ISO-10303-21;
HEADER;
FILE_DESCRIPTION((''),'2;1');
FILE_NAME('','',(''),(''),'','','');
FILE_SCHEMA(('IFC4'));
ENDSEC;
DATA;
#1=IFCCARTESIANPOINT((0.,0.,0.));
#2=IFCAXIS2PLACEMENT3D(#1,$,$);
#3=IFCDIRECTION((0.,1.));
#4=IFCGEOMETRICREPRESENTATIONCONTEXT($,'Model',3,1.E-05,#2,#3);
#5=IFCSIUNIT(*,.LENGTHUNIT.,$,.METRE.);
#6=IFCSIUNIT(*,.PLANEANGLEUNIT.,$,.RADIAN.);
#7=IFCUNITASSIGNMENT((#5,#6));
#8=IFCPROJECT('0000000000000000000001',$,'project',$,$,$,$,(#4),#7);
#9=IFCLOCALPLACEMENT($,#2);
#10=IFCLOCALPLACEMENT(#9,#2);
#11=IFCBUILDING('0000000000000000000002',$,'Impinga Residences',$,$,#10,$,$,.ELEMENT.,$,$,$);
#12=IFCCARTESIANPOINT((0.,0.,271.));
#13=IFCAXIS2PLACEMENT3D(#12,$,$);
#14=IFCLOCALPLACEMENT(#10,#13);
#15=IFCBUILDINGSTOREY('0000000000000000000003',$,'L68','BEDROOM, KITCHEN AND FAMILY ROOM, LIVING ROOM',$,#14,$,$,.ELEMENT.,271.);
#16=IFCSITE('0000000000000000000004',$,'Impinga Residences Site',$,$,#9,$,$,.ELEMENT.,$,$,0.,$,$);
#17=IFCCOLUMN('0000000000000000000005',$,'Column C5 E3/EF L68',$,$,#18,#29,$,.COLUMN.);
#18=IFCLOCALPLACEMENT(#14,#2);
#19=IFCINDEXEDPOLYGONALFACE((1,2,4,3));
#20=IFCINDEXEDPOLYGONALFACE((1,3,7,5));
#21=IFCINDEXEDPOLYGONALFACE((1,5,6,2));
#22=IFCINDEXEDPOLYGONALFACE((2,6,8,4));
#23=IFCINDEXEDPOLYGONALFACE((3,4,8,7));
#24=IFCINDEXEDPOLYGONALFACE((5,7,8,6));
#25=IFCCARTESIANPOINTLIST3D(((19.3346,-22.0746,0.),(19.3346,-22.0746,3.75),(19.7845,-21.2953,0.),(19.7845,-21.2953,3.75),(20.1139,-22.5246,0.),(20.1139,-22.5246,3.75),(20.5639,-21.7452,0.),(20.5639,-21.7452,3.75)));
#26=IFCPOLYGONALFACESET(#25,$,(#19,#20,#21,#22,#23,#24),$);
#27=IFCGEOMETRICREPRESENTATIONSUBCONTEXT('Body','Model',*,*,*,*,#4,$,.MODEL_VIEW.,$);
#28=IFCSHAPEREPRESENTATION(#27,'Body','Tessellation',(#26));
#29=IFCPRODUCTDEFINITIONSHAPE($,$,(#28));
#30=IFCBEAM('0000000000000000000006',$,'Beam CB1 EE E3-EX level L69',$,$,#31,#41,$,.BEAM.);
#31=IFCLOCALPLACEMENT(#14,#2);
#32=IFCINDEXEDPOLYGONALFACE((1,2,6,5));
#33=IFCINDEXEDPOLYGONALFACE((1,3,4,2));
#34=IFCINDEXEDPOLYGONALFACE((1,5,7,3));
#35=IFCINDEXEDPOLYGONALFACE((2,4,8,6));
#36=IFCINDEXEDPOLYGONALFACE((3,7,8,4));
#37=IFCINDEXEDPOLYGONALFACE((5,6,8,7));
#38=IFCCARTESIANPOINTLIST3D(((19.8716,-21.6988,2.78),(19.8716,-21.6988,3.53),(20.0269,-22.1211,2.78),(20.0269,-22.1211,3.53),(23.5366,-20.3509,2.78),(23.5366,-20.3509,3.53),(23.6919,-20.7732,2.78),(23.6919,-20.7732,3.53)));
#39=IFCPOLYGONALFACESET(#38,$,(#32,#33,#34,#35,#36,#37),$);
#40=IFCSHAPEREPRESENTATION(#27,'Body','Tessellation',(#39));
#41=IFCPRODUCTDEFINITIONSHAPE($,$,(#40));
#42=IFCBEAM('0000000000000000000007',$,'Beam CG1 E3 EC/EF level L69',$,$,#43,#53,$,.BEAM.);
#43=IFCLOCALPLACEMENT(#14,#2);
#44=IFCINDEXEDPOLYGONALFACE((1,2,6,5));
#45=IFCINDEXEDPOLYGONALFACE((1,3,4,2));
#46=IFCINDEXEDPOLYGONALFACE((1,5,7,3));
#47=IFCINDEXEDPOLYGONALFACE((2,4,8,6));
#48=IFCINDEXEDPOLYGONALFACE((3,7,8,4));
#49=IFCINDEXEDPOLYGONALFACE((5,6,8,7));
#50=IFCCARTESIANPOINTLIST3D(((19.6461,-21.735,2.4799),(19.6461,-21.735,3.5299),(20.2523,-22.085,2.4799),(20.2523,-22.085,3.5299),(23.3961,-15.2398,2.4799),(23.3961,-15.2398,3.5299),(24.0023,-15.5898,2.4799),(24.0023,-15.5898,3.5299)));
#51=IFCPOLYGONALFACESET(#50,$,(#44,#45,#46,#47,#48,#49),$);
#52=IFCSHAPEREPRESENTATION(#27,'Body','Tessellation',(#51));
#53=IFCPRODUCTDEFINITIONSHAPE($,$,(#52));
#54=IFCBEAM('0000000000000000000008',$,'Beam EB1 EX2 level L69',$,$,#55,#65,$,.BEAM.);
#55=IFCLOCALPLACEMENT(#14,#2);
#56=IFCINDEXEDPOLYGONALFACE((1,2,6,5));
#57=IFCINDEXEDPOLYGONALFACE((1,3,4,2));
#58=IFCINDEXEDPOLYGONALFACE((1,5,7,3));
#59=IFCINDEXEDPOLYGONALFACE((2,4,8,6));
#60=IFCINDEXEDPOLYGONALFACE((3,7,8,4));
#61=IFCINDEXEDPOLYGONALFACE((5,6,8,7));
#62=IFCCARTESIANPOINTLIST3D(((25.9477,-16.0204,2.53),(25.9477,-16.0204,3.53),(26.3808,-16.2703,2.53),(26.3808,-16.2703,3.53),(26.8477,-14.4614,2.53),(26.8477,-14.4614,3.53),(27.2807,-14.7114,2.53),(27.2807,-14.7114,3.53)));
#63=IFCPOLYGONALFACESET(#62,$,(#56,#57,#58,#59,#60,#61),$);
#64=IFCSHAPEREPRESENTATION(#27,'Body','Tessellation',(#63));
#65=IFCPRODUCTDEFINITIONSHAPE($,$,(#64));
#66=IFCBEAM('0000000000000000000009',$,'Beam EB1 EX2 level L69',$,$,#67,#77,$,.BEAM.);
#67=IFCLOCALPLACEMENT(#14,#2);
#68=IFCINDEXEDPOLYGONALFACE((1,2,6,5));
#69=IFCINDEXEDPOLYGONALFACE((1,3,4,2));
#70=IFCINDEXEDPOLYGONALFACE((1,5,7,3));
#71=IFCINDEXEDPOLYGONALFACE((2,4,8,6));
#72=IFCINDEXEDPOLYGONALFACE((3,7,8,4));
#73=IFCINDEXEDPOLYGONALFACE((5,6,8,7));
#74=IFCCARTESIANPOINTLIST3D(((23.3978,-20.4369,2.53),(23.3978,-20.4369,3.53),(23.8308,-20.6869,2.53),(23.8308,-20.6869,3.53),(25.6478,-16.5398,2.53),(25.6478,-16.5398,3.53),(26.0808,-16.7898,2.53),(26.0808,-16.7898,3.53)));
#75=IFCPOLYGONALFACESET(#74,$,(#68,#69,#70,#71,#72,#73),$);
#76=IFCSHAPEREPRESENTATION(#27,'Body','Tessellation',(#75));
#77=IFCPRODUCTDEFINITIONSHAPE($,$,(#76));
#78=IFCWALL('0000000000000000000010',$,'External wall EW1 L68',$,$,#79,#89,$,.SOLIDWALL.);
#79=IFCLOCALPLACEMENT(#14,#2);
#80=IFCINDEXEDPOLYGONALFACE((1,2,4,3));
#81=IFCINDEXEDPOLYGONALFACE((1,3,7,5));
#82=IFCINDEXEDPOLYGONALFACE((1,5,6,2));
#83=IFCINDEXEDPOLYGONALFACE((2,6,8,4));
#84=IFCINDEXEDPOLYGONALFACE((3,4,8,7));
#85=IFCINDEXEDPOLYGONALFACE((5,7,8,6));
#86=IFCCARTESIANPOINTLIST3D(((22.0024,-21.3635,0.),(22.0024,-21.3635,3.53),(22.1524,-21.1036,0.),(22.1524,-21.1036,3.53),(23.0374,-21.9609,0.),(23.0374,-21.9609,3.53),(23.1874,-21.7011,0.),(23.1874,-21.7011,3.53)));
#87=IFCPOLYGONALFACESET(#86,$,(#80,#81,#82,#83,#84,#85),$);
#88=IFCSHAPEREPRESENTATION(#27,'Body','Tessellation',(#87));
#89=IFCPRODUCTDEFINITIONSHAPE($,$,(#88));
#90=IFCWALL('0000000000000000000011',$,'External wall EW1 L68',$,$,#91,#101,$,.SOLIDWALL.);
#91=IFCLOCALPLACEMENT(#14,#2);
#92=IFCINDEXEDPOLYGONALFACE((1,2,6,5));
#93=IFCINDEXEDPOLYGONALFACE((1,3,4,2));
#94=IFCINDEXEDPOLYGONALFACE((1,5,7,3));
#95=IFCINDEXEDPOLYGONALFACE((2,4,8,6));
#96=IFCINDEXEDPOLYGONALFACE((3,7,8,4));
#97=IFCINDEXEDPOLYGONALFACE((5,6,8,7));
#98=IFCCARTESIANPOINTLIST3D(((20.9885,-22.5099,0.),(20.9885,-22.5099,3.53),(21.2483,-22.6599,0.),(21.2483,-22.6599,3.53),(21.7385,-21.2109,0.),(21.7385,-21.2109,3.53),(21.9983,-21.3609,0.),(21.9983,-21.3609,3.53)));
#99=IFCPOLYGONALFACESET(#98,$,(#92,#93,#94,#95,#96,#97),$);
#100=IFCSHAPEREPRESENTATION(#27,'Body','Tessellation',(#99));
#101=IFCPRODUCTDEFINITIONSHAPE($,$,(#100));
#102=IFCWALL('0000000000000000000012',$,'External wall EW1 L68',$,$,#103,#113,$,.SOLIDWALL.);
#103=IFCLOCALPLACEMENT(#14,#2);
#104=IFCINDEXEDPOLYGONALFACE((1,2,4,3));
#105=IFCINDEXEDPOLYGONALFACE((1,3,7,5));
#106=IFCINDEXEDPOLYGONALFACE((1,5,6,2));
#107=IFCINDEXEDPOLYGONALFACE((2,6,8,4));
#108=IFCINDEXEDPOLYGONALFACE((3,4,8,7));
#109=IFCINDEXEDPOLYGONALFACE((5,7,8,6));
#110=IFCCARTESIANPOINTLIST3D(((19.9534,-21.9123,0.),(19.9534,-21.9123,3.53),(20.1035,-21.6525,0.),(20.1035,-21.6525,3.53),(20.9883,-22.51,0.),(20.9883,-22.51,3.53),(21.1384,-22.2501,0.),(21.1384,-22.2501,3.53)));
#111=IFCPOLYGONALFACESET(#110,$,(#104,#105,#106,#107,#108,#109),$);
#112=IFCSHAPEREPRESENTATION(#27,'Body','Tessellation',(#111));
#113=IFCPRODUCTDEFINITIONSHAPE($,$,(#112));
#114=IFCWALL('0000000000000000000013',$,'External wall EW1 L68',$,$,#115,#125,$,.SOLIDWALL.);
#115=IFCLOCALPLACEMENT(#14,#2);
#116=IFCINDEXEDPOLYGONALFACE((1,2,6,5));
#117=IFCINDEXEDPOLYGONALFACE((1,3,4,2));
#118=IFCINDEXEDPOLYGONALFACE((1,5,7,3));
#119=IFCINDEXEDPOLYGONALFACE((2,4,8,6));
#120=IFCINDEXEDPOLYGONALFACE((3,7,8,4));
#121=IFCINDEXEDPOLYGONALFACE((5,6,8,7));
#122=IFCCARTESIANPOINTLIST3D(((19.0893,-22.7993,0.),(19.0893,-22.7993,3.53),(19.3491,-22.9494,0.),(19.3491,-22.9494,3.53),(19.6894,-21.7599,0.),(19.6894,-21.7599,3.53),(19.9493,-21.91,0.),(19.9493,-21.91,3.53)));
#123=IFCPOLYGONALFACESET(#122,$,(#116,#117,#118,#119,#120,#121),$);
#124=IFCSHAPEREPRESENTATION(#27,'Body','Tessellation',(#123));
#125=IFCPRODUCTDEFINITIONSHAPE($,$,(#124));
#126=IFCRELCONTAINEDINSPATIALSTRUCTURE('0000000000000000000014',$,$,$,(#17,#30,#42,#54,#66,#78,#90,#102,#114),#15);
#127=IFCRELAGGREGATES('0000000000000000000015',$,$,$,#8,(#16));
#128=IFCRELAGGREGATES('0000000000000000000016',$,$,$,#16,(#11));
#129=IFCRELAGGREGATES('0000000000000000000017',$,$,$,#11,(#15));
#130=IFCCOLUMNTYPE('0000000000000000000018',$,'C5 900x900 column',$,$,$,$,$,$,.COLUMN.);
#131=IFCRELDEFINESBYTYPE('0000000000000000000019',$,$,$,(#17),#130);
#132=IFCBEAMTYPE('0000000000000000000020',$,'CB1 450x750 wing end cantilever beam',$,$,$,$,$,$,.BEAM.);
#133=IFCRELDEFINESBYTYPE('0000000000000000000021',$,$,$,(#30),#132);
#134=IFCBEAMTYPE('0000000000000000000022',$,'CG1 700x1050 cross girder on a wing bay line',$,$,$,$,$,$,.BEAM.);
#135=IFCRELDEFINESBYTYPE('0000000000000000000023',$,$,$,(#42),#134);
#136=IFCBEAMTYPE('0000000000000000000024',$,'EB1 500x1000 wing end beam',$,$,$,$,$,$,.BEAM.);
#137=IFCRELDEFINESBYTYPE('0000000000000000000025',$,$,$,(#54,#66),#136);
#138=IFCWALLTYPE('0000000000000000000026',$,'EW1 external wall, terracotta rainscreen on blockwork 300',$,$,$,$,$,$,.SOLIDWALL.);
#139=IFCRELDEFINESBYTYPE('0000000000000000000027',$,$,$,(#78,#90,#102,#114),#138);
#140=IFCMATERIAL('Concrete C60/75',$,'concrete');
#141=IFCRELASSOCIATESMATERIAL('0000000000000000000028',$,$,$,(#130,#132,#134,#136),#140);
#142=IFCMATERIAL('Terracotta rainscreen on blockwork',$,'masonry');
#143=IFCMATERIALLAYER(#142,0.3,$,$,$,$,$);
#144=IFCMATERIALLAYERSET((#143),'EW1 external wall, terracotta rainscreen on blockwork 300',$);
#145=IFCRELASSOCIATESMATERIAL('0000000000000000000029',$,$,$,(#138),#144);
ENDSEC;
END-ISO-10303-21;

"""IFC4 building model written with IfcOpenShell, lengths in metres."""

from ifc_helpers import new_model, si_unit, direction, frame, frame_2d, origin, origin_2d, place, context, subcontext, project, spatial, rectangle, extrude, material, layer, layer_set, material_profile, profile_set, type_object, element, save


model = new_model("IFC4")

# Units and contexts
model_context = context("Model", 3, precision=1e-05, world=origin(), true_north=direction((0.0, 1.0)))
body_context = subcontext(model_context, "Body", "Model", "MODEL_VIEW")
ifc_project = project(units=[si_unit("LENGTHUNIT", "METRE"), si_unit("PLANEANGLEUNIT", "RADIAN")], contexts=[model_context])

# Site, building, storey
site_placement = place(None, origin())
site = spatial("IfcSite", under=ifc_project, at=site_placement, Name="Impinga Residences Site", CompositionType="ELEMENT", RefElevation=0.0)
building_placement = place(site_placement, origin())
building = spatial("IfcBuilding", under=site, at=building_placement, Name="Impinga Residences", CompositionType="ELEMENT")
storey_placement = place(building_placement, frame((0.0, 0.0, 271.0)))
storey = spatial("IfcBuildingStorey", under=building, at=storey_placement, Name="L68", Description="BEDROOM, KITCHEN AND FAMILY ROOM, LIVING ROOM", CompositionType="ELEMENT", Elevation=271.0)

# Column
ifc_material_1 = material(Name="Concrete C60/75", Category="concrete")
ifc_material_profile_1 = material_profile(ifc_material_1, rectangle(XDim=0.8999, YDim=0.8999, at=origin_2d()), Name="RC 900x900")
ifc_profile_set_1 = profile_set([ifc_material_profile_1], Name="Concrete C60/75")
column_type = type_object("IfcColumnType", Name="C5 900x900 column", PredefinedType="COLUMN", material=ifc_profile_set_1)
column_placement = place(storey_placement, frame((19.9492, -21.9099, 0.0), z_axis=(0.0, 0.0, 1.0), x_axis=(-0.5, -0.866025, 0.0)))
element("IfcColumn", 1, at=column_placement, inside=storey, type_object=column_type, Name="Column C5 E3/EF L68", PredefinedType="COLUMN", context=body_context, shape_type="SweptSolid", body=[
    extrude(rectangle(XDim=0.8999, YDim=0.8999, at=origin_2d()), origin(), (0.0, 0.0, 1.0), 3.75),
])

# Beams
ifc_material_profile_2 = material_profile(ifc_material_1, rectangle(XDim=0.45, YDim=0.75, at=origin_2d()), Name="RC 450x750")
ifc_profile_set_2 = profile_set([ifc_material_profile_2], Name="Concrete C60/75")
beam_type_1 = type_object("IfcBeamType", Name="CB1 450x750 wing end cantilever beam", PredefinedType="BEAM", material=ifc_profile_set_2)
beam_1_placement = place(storey_placement, frame((19.9492, -21.9099, 3.155), z_axis=(0.93854, 0.345169, 0.0), x_axis=(-0.345169, 0.93854, 0.0)))
element("IfcBeam", 2, at=beam_1_placement, inside=storey, type_object=beam_type_1, Name="Beam CB1 EE E3-EX level L69", PredefinedType="BEAM", context=body_context, shape_type="SweptSolid", body=[
    extrude(rectangle(XDim=0.45, YDim=0.75, at=origin_2d()), origin(), (0.0, 0.0, 1.0), 3.905),
])
ifc_material_profile_3 = material_profile(ifc_material_1, rectangle(XDim=0.7, YDim=1.05, at=origin_2d()), Name="RC 700x1050")
ifc_profile_set_3 = profile_set([ifc_material_profile_3], Name="Concrete C60/75")
beam_type_2 = type_object("IfcBeamType", Name="CG1 700x1050 cross girder on a wing bay line", PredefinedType="BEAM", material=ifc_profile_set_3)
beam_2_placement = place(storey_placement, frame((23.6992, -15.4148, 3.0049), z_axis=(-0.500004, -0.866023, 0.0), x_axis=(0.866023, -0.500004, 0.0)))
element("IfcBeam", 3, at=beam_2_placement, inside=storey, type_object=beam_type_2, Name="Beam CG1 E3 EC/EF level L69", PredefinedType="BEAM", context=body_context, shape_type="SweptSolid", body=[
    extrude(rectangle(XDim=0.7, YDim=1.05, at=origin_2d()), origin(), (0.0, 0.0, 1.0), 7.5),
])
ifc_material_profile_4 = material_profile(ifc_material_1, rectangle(XDim=0.5, YDim=1.0, at=origin_2d()), Name="RC 500x1000")
ifc_profile_set_4 = profile_set([ifc_material_profile_4], Name="Concrete C60/75")
beam_type_3 = type_object("IfcBeamType", Name="EB1 500x1000 wing end beam", PredefinedType="BEAM", material=ifc_profile_set_4)
beam_3_placement = place(storey_placement, frame((27.0642, -14.5864, 3.03), z_axis=(-0.499961, -0.866048, 0.0), x_axis=(0.866048, -0.499961, 0.0)))
element("IfcBeam", 4, at=beam_3_placement, inside=storey, type_object=beam_type_3, Name="Beam EB1 EX2 level L69", PredefinedType="BEAM", context=body_context, shape_type="SweptSolid", body=[
    extrude(rectangle(XDim=0.5, YDim=1.0, at=origin_2d()), origin(), (0.0, 0.0, 1.0), 1.8),
])
beam_4_placement = place(storey_placement, frame((25.8643, -16.6648, 3.03), z_axis=(-0.49999, -0.866031, 0.0), x_axis=(0.866031, -0.49999, 0.0)))
element("IfcBeam", 5, at=beam_4_placement, inside=storey, type_object=beam_type_3, Name="Beam EB1 EX2 level L69", PredefinedType="BEAM", context=body_context, shape_type="SweptSolid", body=[
    extrude(rectangle(XDim=0.5, YDim=1.0, at=origin_2d()), origin(), (0.0, 0.0, 1.0), 4.5),
])

# Walls
ifc_material_2 = material(Name="Terracotta rainscreen on blockwork", Category="masonry")
ifc_layer_1 = layer(ifc_material_2, 0.3)
ifc_layer_set_1 = layer_set([ifc_layer_1], Name="EW1 external wall, terracotta rainscreen on blockwork 300")
wall_type_1 = type_object("IfcWallType", Name="EW1 external wall, terracotta rainscreen on blockwork 300", PredefinedType="SOLIDWALL", material=ifc_layer_set_1)
wall_1_placement = place(storey_placement, frame((23.1125, -21.8311, 0.0), z_axis=(0.0, 0.0, 1.0), x_axis=(-0.86606, 0.499941, 0.0)))
element("IfcWall", 6, at=wall_1_placement, inside=storey, type_object=wall_type_1, Name="External wall EW1 L68", PredefinedType="SOLIDWALL", context=body_context, shape_type="SweptSolid", body=[
    extrude(rectangle(XDim=1.1951, YDim=0.3, at=frame_2d((0.5977, 0.0))), origin(), (0.0, 0.0, 1.0), 3.53),
])
wall_2_placement = place(storey_placement, frame((21.8684, -21.2859, 0.0), z_axis=(0.0, 0.0, 1.0), x_axis=(-0.49999, -0.866031, 0.0)))
element("IfcWall", 7, at=wall_2_placement, inside=storey, type_object=wall_type_1, Name="External wall EW1 L68", PredefinedType="SOLIDWALL", context=body_context, shape_type="SweptSolid", body=[
    extrude(rectangle(XDim=1.5, YDim=0.3, at=frame_2d((0.75, 0.0))), origin(), (0.0, 0.0, 1.0), 3.53),
])
wall_3_placement = place(storey_placement, frame((21.0635, -22.3801, 0.0), z_axis=(0.0, 0.0, 1.0), x_axis=(-0.865971, 0.500094, 0.0)))
element("IfcWall", 8, at=wall_3_placement, inside=storey, type_object=wall_type_1, Name="External wall EW1 L68", PredefinedType="SOLIDWALL", context=body_context, shape_type="SweptSolid", body=[
    extrude(rectangle(XDim=1.1951, YDim=0.3, at=frame_2d((0.5977, 0.0))), origin(), (0.0, 0.0, 1.0), 3.53),
])
wall_4_placement = place(storey_placement, frame((19.8193, -21.835, 0.0), z_axis=(0.0, 0.0, 1.0), x_axis=(-0.500034, -0.866006, 0.0)))
element("IfcWall", 9, at=wall_4_placement, inside=storey, type_object=wall_type_1, Name="External wall EW1 L68", PredefinedType="SOLIDWALL", context=body_context, shape_type="SweptSolid", body=[
    extrude(rectangle(XDim=1.2002, YDim=0.3, at=frame_2d((0.6001, 0.0))), origin(), (0.0, 0.0, 1.0), 3.53),
])

save(model, "model.ifc")
